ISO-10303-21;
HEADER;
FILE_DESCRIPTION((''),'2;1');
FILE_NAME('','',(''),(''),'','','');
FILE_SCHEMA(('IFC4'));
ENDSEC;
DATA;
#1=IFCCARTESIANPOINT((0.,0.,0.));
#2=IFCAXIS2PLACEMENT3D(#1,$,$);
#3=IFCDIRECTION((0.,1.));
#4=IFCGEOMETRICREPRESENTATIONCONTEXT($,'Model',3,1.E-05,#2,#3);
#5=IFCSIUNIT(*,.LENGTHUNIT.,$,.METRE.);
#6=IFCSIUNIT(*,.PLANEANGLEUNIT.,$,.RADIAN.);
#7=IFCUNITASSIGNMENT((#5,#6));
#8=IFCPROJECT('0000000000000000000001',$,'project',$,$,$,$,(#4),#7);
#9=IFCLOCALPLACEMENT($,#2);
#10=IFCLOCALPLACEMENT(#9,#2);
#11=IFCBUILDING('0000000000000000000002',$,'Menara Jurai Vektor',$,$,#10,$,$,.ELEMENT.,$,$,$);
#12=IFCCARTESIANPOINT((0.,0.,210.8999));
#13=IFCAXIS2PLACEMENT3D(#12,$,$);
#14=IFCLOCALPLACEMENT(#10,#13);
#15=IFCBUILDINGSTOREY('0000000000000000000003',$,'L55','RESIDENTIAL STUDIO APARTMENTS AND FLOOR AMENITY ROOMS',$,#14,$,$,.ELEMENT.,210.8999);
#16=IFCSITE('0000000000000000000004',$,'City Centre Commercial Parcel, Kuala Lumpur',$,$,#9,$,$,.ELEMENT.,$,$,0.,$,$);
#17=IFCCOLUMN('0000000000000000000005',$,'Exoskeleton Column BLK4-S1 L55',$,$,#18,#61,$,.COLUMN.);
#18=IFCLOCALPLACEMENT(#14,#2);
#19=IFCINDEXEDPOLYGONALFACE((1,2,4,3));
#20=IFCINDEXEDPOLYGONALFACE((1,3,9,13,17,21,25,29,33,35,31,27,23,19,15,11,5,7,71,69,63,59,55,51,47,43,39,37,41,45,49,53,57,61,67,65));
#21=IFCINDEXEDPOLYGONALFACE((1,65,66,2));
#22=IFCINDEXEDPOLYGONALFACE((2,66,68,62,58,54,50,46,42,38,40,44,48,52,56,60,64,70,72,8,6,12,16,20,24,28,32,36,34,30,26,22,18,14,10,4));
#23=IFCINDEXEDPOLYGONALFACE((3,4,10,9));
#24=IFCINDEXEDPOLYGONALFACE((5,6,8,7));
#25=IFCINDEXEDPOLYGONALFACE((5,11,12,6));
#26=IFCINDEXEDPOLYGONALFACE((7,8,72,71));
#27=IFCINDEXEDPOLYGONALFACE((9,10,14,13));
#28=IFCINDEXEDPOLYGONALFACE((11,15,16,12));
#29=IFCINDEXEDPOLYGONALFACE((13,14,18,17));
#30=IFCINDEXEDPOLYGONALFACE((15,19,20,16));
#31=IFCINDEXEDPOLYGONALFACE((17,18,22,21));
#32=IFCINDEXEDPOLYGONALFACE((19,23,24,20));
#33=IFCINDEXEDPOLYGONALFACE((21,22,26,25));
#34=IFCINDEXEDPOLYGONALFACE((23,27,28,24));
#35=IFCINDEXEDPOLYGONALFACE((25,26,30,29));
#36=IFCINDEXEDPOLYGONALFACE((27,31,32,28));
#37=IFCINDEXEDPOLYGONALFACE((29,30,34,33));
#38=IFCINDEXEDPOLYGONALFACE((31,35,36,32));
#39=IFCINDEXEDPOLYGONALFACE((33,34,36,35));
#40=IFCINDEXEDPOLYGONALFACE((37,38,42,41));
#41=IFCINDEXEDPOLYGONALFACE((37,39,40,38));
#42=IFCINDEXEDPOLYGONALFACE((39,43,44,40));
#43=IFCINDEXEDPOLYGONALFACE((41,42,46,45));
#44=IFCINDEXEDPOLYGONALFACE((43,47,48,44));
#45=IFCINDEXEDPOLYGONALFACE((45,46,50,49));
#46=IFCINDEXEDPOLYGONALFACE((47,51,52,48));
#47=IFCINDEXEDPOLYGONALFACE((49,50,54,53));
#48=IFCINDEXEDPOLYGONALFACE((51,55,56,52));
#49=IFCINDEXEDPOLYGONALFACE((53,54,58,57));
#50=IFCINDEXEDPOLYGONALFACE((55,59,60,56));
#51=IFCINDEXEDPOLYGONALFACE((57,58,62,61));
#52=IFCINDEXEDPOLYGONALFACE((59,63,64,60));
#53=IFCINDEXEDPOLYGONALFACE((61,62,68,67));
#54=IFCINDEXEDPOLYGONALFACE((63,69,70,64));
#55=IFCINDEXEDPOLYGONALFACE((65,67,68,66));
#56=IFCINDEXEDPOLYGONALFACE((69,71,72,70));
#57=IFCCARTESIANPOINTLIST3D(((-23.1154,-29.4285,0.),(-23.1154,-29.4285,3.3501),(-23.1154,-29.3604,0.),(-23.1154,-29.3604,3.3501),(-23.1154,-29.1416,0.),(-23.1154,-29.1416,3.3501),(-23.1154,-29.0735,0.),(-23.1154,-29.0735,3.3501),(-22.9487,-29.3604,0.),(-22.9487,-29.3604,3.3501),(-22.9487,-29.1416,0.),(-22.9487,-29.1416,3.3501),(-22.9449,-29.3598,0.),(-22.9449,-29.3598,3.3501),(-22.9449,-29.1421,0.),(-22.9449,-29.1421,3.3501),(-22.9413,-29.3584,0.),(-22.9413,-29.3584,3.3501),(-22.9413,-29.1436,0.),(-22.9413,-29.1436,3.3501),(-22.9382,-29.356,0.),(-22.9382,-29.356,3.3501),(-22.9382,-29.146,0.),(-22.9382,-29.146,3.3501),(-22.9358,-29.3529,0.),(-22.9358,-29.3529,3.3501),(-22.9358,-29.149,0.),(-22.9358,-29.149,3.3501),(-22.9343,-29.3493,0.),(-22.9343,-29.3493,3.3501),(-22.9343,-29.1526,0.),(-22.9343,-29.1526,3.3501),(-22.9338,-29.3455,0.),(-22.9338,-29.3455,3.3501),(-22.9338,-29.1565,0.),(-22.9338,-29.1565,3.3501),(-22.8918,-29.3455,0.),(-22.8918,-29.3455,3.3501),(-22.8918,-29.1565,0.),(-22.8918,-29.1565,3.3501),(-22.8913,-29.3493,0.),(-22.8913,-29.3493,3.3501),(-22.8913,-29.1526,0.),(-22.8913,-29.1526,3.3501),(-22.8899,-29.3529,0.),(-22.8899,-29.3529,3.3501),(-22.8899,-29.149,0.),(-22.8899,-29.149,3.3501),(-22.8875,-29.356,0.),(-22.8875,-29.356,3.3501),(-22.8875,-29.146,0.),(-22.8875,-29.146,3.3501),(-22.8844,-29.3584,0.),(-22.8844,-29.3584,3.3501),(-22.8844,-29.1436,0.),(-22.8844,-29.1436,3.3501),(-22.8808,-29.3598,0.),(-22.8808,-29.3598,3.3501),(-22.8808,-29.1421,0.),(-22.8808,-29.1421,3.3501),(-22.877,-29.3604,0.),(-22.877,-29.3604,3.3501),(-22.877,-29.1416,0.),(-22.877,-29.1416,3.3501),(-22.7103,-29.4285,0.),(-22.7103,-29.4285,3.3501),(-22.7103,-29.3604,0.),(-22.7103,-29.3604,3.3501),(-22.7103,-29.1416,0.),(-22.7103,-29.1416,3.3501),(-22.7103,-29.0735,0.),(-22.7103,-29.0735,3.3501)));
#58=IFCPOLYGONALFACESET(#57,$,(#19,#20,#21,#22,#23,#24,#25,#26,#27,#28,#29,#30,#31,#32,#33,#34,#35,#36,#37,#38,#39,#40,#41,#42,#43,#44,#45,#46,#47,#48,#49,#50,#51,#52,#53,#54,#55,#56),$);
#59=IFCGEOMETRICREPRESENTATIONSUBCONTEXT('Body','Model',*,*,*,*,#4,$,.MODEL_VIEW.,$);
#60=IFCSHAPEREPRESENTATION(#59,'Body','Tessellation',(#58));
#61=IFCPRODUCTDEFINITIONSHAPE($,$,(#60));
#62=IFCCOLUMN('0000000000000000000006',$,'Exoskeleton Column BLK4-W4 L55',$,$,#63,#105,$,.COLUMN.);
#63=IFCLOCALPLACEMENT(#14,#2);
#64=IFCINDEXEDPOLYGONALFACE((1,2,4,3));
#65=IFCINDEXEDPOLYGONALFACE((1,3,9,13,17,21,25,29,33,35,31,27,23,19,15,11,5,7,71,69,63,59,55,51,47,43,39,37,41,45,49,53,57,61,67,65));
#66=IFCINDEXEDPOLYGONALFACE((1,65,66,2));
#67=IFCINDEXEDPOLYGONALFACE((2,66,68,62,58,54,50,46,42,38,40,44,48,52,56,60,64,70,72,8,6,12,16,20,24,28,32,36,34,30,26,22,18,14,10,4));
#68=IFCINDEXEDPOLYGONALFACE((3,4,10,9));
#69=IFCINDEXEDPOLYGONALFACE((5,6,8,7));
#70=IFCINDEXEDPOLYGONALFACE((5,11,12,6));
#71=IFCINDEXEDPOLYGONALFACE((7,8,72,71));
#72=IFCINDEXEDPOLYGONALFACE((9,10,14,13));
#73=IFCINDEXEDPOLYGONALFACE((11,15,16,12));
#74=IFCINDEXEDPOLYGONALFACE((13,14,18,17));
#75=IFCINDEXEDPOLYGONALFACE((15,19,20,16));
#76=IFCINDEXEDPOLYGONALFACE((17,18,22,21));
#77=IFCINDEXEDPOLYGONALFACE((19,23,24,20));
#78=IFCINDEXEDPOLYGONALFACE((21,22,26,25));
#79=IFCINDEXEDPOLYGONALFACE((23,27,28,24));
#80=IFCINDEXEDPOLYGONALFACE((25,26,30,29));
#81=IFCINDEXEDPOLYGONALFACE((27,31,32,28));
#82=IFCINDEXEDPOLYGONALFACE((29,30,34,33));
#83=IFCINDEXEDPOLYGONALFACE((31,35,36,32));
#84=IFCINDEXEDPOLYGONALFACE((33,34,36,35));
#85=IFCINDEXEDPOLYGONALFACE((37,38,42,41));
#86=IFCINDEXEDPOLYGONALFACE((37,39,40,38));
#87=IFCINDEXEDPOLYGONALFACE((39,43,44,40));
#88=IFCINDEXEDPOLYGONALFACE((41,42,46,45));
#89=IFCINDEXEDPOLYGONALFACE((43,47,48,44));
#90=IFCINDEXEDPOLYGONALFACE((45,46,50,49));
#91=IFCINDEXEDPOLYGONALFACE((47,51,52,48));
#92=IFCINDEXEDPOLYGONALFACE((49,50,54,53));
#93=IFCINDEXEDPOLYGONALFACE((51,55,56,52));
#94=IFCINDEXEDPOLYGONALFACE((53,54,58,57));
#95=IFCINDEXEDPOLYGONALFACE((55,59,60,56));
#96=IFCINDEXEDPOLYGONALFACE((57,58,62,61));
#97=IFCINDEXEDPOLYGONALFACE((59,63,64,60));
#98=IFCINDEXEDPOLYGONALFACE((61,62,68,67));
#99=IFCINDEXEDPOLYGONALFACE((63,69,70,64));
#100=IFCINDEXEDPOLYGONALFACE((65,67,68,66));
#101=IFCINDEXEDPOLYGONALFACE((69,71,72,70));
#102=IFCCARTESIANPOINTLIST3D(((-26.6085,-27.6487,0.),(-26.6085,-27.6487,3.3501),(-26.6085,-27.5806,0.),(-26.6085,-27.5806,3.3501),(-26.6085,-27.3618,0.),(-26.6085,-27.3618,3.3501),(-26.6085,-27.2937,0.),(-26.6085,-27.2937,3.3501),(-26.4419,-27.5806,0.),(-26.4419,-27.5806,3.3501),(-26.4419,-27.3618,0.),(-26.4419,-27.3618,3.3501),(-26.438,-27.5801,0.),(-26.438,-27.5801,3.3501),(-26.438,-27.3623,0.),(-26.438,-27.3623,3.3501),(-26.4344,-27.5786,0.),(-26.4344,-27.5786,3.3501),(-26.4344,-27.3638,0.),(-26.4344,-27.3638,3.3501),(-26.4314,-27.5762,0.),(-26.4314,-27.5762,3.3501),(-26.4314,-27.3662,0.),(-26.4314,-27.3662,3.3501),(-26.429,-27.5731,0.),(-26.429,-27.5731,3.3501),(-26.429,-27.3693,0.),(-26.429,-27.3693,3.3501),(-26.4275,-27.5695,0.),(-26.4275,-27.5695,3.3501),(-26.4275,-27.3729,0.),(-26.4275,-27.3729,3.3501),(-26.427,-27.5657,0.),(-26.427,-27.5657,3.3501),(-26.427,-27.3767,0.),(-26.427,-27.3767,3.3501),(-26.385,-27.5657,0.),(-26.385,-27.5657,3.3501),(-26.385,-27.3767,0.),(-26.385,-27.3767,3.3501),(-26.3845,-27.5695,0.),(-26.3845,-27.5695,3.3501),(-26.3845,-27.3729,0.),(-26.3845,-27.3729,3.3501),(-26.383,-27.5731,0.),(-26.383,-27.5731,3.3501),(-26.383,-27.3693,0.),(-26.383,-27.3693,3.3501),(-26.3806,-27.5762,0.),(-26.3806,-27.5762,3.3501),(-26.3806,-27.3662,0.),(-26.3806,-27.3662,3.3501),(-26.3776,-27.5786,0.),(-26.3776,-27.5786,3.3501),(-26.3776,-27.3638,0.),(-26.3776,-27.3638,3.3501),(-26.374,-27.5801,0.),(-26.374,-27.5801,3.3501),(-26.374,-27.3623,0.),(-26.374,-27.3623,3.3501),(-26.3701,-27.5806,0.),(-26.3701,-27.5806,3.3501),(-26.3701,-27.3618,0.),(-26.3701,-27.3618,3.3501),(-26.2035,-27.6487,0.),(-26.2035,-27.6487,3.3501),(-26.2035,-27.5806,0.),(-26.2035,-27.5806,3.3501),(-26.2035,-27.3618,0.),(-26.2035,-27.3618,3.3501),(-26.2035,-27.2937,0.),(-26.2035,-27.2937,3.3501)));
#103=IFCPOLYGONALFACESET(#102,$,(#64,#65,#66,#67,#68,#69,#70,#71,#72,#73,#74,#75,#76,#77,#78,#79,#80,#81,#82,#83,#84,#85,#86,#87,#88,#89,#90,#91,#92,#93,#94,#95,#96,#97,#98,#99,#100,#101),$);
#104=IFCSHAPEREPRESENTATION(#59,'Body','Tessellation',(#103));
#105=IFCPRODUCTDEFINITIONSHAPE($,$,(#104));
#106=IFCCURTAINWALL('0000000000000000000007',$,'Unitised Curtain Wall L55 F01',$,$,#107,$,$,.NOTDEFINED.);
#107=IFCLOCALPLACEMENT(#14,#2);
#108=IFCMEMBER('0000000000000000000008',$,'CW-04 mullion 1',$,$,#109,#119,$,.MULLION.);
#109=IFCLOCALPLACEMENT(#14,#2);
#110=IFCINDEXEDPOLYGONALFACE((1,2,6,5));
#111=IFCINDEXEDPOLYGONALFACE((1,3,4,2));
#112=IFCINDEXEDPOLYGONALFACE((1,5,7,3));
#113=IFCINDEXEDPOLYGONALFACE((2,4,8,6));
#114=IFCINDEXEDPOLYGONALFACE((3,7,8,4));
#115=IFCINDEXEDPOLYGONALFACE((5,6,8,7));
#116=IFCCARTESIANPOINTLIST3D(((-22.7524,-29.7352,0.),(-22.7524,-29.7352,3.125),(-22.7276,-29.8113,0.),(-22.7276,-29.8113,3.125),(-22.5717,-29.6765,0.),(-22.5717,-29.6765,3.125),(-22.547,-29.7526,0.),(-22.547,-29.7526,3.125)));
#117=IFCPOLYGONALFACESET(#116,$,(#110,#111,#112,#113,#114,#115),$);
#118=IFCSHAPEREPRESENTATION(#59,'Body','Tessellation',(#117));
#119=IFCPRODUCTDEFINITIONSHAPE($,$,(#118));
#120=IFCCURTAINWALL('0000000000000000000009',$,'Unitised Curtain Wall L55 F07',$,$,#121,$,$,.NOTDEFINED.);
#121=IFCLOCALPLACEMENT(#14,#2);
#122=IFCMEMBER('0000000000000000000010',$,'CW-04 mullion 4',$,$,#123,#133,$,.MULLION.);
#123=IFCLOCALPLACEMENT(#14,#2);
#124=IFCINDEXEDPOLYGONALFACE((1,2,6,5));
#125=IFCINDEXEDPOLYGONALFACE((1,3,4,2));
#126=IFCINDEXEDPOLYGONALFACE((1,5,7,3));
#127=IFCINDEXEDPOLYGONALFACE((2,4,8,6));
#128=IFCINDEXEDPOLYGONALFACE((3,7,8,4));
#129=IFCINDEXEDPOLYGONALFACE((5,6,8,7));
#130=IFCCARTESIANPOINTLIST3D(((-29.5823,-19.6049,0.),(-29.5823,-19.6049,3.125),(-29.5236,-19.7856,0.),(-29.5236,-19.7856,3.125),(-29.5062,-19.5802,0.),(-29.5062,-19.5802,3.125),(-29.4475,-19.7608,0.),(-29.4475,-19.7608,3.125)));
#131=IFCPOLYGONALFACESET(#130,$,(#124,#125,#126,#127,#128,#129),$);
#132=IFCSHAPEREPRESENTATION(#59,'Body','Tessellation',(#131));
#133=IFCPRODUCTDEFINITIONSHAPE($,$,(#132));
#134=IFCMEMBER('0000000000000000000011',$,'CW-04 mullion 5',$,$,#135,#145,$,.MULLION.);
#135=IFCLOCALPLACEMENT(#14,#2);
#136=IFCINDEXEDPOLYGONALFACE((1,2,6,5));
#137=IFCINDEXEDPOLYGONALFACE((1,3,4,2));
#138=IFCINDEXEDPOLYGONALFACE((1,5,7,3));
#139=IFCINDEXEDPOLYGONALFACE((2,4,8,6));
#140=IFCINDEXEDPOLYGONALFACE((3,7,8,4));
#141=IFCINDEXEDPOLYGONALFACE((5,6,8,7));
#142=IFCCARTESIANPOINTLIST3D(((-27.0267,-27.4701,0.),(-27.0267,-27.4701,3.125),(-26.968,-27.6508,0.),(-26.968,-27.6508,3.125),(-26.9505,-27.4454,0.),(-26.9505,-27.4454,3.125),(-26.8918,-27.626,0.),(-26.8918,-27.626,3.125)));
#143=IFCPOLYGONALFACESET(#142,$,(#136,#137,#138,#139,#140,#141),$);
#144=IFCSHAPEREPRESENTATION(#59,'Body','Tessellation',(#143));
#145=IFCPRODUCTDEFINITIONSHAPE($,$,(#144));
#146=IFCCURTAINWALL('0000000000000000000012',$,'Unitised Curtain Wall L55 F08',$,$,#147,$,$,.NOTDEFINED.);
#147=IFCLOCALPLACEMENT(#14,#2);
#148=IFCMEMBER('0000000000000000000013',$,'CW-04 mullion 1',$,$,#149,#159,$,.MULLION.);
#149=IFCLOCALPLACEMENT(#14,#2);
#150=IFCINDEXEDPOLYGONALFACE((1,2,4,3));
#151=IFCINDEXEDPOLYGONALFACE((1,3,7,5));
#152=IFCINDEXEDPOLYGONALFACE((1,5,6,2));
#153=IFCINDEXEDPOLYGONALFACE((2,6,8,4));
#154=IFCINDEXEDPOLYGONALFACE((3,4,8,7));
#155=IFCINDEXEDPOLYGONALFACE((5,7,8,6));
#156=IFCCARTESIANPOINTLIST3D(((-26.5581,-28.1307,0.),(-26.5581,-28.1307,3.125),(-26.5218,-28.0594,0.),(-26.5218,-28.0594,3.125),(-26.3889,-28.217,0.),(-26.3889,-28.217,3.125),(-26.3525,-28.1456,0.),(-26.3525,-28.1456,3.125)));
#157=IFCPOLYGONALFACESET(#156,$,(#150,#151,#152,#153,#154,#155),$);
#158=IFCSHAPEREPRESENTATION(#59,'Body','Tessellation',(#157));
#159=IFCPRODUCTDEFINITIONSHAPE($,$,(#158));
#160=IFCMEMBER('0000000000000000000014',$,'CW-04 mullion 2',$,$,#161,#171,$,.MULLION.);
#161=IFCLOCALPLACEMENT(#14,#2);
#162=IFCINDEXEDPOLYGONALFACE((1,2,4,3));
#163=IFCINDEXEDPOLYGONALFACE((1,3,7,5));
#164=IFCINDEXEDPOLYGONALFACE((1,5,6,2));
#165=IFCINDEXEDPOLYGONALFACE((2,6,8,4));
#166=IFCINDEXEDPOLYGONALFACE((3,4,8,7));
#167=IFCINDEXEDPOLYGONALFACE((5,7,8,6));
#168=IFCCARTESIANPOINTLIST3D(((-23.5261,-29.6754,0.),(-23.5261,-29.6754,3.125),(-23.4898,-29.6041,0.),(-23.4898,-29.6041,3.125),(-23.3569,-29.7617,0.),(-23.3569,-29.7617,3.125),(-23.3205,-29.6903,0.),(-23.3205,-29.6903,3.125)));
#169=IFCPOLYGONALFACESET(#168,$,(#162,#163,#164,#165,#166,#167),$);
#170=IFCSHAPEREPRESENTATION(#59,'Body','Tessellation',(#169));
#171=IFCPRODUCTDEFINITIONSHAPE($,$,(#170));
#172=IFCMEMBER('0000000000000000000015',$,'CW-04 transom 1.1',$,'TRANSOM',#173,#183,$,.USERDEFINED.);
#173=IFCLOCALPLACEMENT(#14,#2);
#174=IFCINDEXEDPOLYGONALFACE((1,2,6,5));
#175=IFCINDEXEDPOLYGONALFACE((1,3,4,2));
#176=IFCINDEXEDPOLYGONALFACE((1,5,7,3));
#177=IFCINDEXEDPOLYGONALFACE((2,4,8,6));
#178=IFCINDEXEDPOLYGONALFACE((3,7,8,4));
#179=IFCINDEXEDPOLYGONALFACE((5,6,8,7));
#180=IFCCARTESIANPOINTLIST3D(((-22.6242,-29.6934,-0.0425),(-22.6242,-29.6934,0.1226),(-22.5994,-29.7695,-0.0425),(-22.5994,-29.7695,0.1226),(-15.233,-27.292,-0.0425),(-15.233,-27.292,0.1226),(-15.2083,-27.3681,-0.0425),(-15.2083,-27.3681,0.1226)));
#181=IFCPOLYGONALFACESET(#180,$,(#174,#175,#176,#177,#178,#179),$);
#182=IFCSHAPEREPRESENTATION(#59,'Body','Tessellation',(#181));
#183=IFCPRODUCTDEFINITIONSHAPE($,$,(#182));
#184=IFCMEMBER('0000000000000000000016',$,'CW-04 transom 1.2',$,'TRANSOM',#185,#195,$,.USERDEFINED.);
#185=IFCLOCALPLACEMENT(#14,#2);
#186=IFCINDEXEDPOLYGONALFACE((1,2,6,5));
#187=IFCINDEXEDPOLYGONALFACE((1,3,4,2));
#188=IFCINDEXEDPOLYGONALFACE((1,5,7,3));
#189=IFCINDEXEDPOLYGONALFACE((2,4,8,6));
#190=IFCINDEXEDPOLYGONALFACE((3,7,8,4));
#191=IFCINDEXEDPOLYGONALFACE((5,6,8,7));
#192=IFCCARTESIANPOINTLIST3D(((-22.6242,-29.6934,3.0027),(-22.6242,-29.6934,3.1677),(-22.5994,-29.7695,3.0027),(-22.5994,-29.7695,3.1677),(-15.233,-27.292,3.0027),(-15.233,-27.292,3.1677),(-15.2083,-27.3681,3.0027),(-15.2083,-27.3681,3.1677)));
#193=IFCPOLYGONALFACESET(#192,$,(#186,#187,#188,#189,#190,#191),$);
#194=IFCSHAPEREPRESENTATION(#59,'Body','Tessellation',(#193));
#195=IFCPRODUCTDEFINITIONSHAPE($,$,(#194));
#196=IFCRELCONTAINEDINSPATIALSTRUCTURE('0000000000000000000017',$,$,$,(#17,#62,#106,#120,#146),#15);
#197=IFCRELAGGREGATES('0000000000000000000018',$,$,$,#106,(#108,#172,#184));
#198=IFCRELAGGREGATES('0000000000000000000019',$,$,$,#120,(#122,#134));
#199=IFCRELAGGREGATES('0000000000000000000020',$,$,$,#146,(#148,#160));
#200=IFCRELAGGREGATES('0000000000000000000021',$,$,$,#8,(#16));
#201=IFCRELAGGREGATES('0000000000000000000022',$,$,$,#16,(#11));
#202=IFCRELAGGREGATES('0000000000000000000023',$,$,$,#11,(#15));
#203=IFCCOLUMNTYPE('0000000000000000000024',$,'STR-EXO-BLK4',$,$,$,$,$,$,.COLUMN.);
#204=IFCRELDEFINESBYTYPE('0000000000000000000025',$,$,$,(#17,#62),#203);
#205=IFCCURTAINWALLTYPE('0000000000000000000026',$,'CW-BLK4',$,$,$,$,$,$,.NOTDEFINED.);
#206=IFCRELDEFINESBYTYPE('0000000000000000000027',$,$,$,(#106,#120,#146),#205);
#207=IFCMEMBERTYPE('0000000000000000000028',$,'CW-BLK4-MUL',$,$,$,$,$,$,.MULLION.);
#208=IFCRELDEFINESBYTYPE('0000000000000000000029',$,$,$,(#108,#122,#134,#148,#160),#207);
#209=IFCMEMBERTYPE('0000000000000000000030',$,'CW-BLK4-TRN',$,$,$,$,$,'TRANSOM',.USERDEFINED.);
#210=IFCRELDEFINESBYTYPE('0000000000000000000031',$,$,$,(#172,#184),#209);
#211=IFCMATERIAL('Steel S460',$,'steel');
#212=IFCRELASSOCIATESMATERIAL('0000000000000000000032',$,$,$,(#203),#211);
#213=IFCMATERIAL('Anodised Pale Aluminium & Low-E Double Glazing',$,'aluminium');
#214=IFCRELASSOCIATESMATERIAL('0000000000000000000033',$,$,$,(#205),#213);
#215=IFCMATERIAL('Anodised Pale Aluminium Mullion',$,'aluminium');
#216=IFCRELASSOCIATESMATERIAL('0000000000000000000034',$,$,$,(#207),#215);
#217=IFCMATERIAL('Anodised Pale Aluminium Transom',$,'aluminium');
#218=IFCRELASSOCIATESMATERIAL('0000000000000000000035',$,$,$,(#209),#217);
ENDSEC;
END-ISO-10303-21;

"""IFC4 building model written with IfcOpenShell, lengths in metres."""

from ifc_helpers import new_model, si_unit, direction, frame, origin, origin_2d, place, context, subcontext, project, spatial, rectangle, i_section, extrude, material, material_profile, profile_set, type_object, element, aggregate, save


model = new_model("IFC4")

# Units and contexts
model_context = context("Model", 3, precision=1e-05, world=origin(), true_north=direction((0.0, 1.0)))
body_context = subcontext(model_context, "Body", "Model", "MODEL_VIEW")
ifc_project = project(units=[si_unit("LENGTHUNIT", "METRE"), si_unit("PLANEANGLEUNIT", "RADIAN")], contexts=[model_context])

# Site, building, storey
site_placement = place(None, origin())
site = spatial("IfcSite", under=ifc_project, at=site_placement, Name="City Centre Commercial Parcel, Kuala Lumpur", CompositionType="ELEMENT", RefElevation=0.0)
building_placement = place(site_placement, origin())
building = spatial("IfcBuilding", under=site, at=building_placement, Name="Menara Jurai Vektor", CompositionType="ELEMENT")
storey_placement = place(building_placement, frame((0.0, 0.0, 210.8999)))
storey = spatial("IfcBuildingStorey", under=building, at=storey_placement, Name="L55", Description="RESIDENTIAL STUDIO APARTMENTS AND FLOOR AMENITY ROOMS", CompositionType="ELEMENT", Elevation=210.8999)

# Columns
ifc_material_1 = material(Name="Steel S460", Category="steel")
ifc_material_profile_1 = material_profile(ifc_material_1, i_section(OverallWidth=0.405, OverallDepth=0.355, WebThickness=0.042, FlangeThickness=0.0681, FilletRadius=0.0149, at=origin_2d()), Name="HD 400x551")
ifc_profile_set_1 = profile_set([ifc_material_profile_1], Name="Steel S460")
column_type = type_object("IfcColumnType", Name="STR-EXO-BLK4", PredefinedType="COLUMN", material=ifc_profile_set_1)
for number, where, z_axis, x_axis, name in (
    (1, (-22.9128, -29.251, 0.0), (0.0, 0.0, 1.0), (1.0, 0.0, 0.0), "Exoskeleton Column BLK4-S1 L55"),
    (2, (-26.406, -27.4712, 0.0), (0.0, 0.0, 1.0), (1.0, 0.0, 0.0), "Exoskeleton Column BLK4-W4 L55"),
):
    element("IfcColumn", number, at=place(storey_placement, frame(where, z_axis=z_axis, x_axis=x_axis)), inside=storey, type_object=column_type, Name=name, PredefinedType="COLUMN", context=body_context, shape_type="SweptSolid", body=[
        extrude(i_section(OverallWidth=0.405, OverallDepth=0.355, WebThickness=0.042, FlangeThickness=0.0681, FilletRadius=0.0149, at=origin_2d()), origin(), (0.0, 0.0, 1.0), 3.3501),
    ])

# Curtain wall, member
ifc_material_2 = material(Name="Anodised Pale Aluminium & Low-E Double Glazing", Category="aluminium")
curtain_wall_type = type_object("IfcCurtainWallType", Name="CW-BLK4", PredefinedType="NOTDEFINED", material=ifc_material_2)
curtain_wall_1_placement = place(storey_placement, origin())
curtain_wall_1 = element("IfcCurtainWall", 3, at=curtain_wall_1_placement, inside=storey, type_object=curtain_wall_type, Name="Unitised Curtain Wall L55 F01", PredefinedType="NOTDEFINED")
ifc_material_3 = material(Name="Anodised Pale Aluminium Mullion", Category="aluminium")
ifc_material_profile_2 = material_profile(ifc_material_3, rectangle(XDim=0.0801, YDim=0.1899, at=origin_2d()), Name="ALU MUL 80x190")
ifc_profile_set_2 = profile_set([ifc_material_profile_2], Name="Anodised Pale Aluminium Mullion")
member_type_1 = type_object("IfcMemberType", Name="CW-BLK4-MUL", PredefinedType="MULLION", material=ifc_profile_set_2)
member_1_placement = place(storey_placement, frame((-22.6497, -29.7439, 0.0), z_axis=(0.0, 0.0, 1.0), x_axis=(-0.309017, 0.951056, 0.0)))
member_1 = element("IfcMember", 4, at=member_1_placement, type_object=member_type_1, Name="CW-04 mullion 1", PredefinedType="MULLION", context=body_context, shape_type="SweptSolid", body=[
    extrude(rectangle(XDim=0.0801, YDim=0.1899, at=origin_2d()), origin(), (0.0, 0.0, 1.0), 3.125),
])

# Curtain walls, members
curtain_wall_2_placement = place(storey_placement, origin())
curtain_wall_2 = element("IfcCurtainWall", 5, at=curtain_wall_2_placement, inside=storey, type_object=curtain_wall_type, Name="Unitised Curtain Wall L55 F07", PredefinedType="NOTDEFINED")
member_2_placement = place(storey_placement, frame((-29.5149, -19.6829, 0.0), z_axis=(0.0, 0.0, 1.0), x_axis=(0.951057, 0.309016, 0.0)))
member_2 = element("IfcMember", 6, at=member_2_placement, type_object=member_type_1, Name="CW-04 mullion 4", PredefinedType="MULLION", context=body_context, shape_type="SweptSolid", body=[
    extrude(rectangle(XDim=0.0801, YDim=0.1899, at=origin_2d()), origin(), (0.0, 0.0, 1.0), 3.125),
])
member_3_placement = place(storey_placement, frame((-26.9592, -27.5481, 0.0), z_axis=(0.0, 0.0, 1.0), x_axis=(0.951057, 0.309016, 0.0)))
member_3 = element("IfcMember", 7, at=member_3_placement, type_object=member_type_1, Name="CW-04 mullion 5", PredefinedType="MULLION", context=body_context, shape_type="SweptSolid", body=[
    extrude(rectangle(XDim=0.0801, YDim=0.1899, at=origin_2d()), origin(), (0.0, 0.0, 1.0), 3.125),
])
curtain_wall_3_placement = place(storey_placement, origin())
curtain_wall_3 = element("IfcCurtainWall", 8, at=curtain_wall_3_placement, inside=storey, type_object=curtain_wall_type, Name="Unitised Curtain Wall L55 F08", PredefinedType="NOTDEFINED")
member_4_placement = place(storey_placement, frame((-26.4553, -28.1382, 0.0), z_axis=(0.0, 0.0, 1.0), x_axis=(0.453989, 0.891008, 0.0)))
member_4 = element("IfcMember", 9, at=member_4_placement, type_object=member_type_1, Name="CW-04 mullion 1", PredefinedType="MULLION", context=body_context, shape_type="SweptSolid", body=[
    extrude(rectangle(XDim=0.0801, YDim=0.1899, at=origin_2d()), origin(), (0.0, 0.0, 1.0), 3.125),
])
member_5_placement = place(storey_placement, frame((-23.4233, -29.6829, 0.0), z_axis=(0.0, 0.0, 1.0), x_axis=(0.453989, 0.891008, 0.0)))
member_5 = element("IfcMember", 10, at=member_5_placement, type_object=member_type_1, Name="CW-04 mullion 2", PredefinedType="MULLION", context=body_context, shape_type="SweptSolid", body=[
    extrude(rectangle(XDim=0.0801, YDim=0.1899, at=origin_2d()), origin(), (0.0, 0.0, 1.0), 3.125),
])

# Members
ifc_material_4 = material(Name="Anodised Pale Aluminium Transom", Category="aluminium")
ifc_material_profile_3 = material_profile(ifc_material_4, rectangle(XDim=0.0801, YDim=0.165, at=origin_2d()), Name="ALU TRN 80x165")
ifc_profile_set_3 = profile_set([ifc_material_profile_3], Name="Anodised Pale Aluminium Transom")
member_type_2 = type_object("IfcMemberType", Name="CW-BLK4-TRN", ElementType="TRANSOM", PredefinedType="USERDEFINED", material=ifc_profile_set_3)
member_6_placement = place(storey_placement, frame((-22.6118, -29.7314, 0.04), z_axis=(0.951062, 0.308999, 0.0), x_axis=(-0.308999, 0.951062, 0.0)))
member_6 = element("IfcMember", 11, at=member_6_placement, type_object=member_type_2, Name="CW-04 transom 1.1", ObjectType="TRANSOM", PredefinedType="USERDEFINED", context=body_context, shape_type="SweptSolid", body=[
    extrude(rectangle(XDim=0.0801, YDim=0.165, at=origin_2d()), origin(), (0.0, 0.0, 1.0), 7.7715),
])
member_7_placement = place(storey_placement, frame((-22.6118, -29.7314, 3.0852), z_axis=(0.951062, 0.308999, 0.0), x_axis=(-0.308999, 0.951062, 0.0)))
member_7 = element("IfcMember", 12, at=member_7_placement, type_object=member_type_2, Name="CW-04 transom 1.2", ObjectType="TRANSOM", PredefinedType="USERDEFINED", context=body_context, shape_type="SweptSolid", body=[
    extrude(rectangle(XDim=0.0801, YDim=0.165, at=origin_2d()), origin(), (0.0, 0.0, 1.0), 7.7715),
])
aggregate(curtain_wall_1, [member_1, member_6, member_7])

aggregate(curtain_wall_2, [member_2, member_3])
aggregate(curtain_wall_3, [member_4, member_5])

save(model, "model.ifc")
